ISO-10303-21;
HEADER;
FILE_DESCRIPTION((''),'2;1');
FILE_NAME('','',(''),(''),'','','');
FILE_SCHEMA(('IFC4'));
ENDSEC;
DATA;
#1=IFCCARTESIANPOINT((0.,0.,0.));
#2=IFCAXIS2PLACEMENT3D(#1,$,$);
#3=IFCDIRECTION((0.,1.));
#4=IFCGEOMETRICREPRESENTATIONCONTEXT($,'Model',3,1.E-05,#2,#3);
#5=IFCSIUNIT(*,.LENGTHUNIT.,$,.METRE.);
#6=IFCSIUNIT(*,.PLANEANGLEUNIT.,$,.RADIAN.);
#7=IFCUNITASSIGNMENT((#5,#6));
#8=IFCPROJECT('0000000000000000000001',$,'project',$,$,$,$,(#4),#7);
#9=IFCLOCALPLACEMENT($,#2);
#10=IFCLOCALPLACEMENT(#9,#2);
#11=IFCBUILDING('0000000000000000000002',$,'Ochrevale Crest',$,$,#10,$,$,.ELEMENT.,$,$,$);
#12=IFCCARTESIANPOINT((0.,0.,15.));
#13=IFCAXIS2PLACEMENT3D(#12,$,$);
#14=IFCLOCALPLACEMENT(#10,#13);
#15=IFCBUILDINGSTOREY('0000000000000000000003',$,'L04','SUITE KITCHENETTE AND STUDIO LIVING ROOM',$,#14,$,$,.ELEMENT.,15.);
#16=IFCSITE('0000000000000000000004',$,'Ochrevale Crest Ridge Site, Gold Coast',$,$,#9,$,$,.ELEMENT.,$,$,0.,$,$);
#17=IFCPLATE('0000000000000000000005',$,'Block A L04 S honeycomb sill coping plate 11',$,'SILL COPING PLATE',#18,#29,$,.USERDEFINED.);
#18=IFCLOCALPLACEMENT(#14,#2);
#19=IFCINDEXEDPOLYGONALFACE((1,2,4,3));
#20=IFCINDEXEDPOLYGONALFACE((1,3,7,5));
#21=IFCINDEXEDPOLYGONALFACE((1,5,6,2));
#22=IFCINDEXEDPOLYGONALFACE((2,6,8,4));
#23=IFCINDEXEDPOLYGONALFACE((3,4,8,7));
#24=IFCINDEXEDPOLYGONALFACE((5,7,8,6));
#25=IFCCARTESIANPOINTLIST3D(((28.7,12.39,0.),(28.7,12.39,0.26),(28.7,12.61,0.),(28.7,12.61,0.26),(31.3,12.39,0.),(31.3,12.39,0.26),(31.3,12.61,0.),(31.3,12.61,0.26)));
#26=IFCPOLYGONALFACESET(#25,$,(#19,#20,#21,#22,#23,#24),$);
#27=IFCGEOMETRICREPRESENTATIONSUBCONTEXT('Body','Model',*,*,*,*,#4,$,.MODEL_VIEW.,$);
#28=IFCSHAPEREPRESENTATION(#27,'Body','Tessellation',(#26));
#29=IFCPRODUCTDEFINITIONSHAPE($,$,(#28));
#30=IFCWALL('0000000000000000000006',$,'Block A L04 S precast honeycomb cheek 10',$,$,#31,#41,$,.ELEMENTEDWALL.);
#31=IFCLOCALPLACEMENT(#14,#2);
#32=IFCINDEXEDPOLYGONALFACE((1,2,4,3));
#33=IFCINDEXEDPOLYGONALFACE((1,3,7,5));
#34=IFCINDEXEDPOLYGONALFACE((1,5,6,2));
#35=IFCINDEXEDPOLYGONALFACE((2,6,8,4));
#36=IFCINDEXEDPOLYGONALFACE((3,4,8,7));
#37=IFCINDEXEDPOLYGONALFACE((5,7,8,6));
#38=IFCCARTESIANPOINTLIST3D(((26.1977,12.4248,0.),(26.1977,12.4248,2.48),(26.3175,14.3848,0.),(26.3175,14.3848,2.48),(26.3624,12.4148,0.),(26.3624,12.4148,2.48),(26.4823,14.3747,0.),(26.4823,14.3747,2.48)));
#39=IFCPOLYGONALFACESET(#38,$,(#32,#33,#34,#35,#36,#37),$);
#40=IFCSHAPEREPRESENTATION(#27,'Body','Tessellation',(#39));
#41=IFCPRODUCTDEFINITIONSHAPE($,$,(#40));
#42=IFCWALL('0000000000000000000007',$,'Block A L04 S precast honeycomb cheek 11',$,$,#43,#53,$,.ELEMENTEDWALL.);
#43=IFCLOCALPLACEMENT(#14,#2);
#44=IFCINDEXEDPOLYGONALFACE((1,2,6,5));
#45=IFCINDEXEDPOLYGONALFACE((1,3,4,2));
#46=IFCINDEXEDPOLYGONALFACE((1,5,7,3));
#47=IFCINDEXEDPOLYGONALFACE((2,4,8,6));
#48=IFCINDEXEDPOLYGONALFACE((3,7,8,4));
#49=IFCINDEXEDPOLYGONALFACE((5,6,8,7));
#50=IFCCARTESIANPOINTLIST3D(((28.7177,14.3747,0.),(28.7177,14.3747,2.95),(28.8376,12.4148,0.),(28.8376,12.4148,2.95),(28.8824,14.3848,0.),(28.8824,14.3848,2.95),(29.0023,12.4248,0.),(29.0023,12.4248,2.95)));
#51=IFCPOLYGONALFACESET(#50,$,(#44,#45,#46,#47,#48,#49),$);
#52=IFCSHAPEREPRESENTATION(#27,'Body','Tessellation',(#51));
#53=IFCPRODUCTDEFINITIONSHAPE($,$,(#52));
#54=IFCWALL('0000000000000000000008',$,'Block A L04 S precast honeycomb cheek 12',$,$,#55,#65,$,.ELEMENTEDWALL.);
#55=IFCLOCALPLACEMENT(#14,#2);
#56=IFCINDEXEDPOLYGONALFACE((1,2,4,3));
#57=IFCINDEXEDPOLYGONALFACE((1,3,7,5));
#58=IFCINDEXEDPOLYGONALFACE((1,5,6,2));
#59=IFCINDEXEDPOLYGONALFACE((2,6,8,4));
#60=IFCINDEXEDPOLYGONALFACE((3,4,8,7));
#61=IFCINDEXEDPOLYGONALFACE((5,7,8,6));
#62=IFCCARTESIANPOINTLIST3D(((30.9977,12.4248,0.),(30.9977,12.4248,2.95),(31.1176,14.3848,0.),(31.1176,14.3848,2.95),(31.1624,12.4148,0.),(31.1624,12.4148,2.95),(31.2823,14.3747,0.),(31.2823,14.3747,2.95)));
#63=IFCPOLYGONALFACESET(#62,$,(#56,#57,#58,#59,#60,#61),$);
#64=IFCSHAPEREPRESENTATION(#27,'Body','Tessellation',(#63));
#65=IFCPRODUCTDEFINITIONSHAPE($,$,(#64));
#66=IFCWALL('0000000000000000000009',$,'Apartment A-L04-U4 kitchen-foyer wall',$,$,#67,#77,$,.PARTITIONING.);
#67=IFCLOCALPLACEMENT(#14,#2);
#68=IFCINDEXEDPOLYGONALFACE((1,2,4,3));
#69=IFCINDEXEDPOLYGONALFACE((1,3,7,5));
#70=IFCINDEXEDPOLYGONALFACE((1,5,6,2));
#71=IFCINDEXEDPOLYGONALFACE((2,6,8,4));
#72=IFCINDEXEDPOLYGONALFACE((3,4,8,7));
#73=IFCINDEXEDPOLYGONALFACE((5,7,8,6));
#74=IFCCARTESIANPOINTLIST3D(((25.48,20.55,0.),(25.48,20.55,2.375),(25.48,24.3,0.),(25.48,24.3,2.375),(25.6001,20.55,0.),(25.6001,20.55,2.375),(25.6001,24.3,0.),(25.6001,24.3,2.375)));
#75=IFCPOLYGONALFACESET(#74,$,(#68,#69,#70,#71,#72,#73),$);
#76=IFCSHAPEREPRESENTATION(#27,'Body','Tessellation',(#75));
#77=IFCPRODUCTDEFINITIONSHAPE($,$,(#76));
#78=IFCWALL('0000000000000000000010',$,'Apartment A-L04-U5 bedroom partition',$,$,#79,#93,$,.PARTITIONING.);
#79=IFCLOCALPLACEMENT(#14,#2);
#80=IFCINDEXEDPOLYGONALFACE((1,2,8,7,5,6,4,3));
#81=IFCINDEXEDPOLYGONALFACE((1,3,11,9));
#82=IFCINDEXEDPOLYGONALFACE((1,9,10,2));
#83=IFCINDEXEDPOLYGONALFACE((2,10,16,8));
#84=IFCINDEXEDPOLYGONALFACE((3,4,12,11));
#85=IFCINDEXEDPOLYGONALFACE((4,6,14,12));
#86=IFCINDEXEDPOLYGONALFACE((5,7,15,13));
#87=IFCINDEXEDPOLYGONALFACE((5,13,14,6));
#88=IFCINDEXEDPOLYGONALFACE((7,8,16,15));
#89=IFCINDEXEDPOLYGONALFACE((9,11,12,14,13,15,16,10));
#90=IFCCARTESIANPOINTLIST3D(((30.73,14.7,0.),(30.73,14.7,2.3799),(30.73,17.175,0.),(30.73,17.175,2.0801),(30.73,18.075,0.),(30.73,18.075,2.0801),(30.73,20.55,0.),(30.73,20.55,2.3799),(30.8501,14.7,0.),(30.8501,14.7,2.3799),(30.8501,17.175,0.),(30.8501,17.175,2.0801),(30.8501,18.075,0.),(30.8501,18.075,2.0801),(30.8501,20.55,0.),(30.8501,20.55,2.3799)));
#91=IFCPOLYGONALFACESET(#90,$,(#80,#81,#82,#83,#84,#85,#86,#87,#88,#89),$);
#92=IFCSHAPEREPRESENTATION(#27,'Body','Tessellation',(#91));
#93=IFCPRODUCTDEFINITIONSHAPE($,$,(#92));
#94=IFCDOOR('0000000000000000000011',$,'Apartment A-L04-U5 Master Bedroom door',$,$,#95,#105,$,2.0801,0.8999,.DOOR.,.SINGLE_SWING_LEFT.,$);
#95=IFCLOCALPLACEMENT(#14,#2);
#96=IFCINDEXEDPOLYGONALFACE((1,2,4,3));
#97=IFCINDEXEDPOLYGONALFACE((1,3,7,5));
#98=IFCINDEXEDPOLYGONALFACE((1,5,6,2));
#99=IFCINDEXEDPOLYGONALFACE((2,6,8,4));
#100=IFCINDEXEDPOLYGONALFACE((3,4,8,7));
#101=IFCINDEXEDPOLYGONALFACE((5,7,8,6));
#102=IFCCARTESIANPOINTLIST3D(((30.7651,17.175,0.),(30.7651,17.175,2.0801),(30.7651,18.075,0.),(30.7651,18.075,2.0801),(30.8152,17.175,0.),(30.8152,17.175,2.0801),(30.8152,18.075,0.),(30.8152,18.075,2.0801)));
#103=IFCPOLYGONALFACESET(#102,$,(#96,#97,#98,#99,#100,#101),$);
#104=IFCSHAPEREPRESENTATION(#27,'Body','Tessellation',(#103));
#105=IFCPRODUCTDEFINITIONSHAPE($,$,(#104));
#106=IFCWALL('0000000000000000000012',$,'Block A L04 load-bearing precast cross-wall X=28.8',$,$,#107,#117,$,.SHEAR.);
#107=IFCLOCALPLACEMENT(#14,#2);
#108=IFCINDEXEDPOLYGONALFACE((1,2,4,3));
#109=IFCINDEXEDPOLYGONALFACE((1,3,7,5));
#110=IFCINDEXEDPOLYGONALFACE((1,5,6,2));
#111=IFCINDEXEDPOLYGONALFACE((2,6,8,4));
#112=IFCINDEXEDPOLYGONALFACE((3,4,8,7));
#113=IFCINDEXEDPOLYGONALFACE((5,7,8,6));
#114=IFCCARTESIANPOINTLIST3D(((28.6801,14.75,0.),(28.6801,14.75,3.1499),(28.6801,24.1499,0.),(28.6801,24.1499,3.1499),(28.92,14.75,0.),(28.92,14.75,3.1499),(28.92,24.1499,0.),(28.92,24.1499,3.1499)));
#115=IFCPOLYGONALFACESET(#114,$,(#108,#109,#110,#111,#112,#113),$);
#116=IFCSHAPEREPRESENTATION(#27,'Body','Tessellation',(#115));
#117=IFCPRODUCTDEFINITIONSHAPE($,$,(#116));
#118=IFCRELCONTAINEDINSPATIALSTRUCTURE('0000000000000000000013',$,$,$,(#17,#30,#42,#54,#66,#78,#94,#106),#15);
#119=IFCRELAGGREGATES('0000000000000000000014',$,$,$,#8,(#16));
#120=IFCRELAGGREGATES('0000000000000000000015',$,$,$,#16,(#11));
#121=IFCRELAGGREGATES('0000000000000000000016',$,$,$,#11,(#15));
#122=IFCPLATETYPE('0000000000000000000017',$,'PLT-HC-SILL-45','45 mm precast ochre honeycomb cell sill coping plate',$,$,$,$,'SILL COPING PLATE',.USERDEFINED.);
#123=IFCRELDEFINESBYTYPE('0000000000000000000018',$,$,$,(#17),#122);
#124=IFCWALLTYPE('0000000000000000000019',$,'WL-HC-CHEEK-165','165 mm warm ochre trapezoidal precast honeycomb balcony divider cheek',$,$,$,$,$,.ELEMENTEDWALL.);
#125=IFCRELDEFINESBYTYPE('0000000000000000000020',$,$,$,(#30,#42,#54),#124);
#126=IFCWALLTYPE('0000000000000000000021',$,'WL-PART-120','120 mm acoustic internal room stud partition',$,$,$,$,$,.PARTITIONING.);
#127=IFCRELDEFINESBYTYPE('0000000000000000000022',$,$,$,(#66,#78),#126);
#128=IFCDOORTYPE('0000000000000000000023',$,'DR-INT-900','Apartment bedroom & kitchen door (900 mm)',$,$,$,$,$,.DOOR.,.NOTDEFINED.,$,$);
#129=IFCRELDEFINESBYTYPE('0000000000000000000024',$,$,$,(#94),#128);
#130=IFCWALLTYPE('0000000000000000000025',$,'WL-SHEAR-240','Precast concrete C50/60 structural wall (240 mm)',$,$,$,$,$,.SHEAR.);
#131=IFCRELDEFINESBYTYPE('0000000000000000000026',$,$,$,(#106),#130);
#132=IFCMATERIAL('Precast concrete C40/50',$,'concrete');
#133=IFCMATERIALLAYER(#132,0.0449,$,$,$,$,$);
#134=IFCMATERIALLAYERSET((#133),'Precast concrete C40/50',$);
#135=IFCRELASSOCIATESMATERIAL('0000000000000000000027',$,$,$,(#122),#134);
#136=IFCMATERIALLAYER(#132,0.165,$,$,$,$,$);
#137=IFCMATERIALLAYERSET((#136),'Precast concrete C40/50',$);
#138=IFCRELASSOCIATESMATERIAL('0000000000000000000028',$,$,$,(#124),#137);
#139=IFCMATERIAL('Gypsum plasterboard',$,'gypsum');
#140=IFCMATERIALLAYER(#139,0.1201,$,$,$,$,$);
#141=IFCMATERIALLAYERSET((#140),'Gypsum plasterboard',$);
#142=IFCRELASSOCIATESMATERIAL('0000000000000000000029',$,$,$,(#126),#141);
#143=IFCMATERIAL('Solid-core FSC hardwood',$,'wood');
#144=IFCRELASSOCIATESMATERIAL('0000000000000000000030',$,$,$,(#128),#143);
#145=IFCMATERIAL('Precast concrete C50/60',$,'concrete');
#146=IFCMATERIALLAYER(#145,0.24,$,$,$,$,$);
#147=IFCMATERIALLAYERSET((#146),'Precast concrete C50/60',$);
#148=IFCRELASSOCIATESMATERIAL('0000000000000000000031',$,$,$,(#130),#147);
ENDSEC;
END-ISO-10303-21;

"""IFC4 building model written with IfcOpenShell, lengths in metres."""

from ifc_helpers import new_model, si_unit, direction, frame, frame_2d, origin, origin_2d, place, context, subcontext, project, spatial, rectangle, extrude, material, layer, layer_set, type_object, element, fill, save


model = new_model("IFC4")

# Units and contexts
model_context = context("Model", 3, precision=1e-05, world=origin(), true_north=direction((0.0, 1.0)))
body_context = subcontext(model_context, "Body", "Model", "MODEL_VIEW")
ifc_project = project(units=[si_unit("LENGTHUNIT", "METRE"), si_unit("PLANEANGLEUNIT", "RADIAN")], contexts=[model_context])

# Site, building, storey
site_placement = place(None, origin())
site = spatial("IfcSite", under=ifc_project, at=site_placement, Name="Ochrevale Crest Ridge Site, Gold Coast", CompositionType="ELEMENT", RefElevation=0.0)
building_placement = place(site_placement, origin())
building = spatial("IfcBuilding", under=site, at=building_placement, Name="Ochrevale Crest", CompositionType="ELEMENT")
storey_placement = place(building_placement, frame((0.0, 0.0, 15.0)))
storey = spatial("IfcBuildingStorey", under=building, at=storey_placement, Name="L04", Description="SUITE KITCHENETTE AND STUDIO LIVING ROOM", CompositionType="ELEMENT", Elevation=15.0)

# Shared definitions
ifc_material_1 = material(Name="Precast concrete C50/60", Category="concrete")

# Plate
ifc_material_2 = material(Name="Precast concrete C40/50", Category="concrete")
ifc_layer_1 = layer(ifc_material_2, 0.0449)
ifc_layer_set_1 = layer_set([ifc_layer_1], Name="Precast concrete C40/50")
plate_type_1 = type_object("IfcPlateType", Name="PLT-HC-SILL-45", Description="45 mm precast ochre honeycomb cell sill coping plate", ElementType="SILL COPING PLATE", PredefinedType="USERDEFINED", material=ifc_layer_set_1)
for number, where, z_axis, x_axis, name in (
    (1, (30.0, 12.5, 0.0), (0.0, 0.0, 1.0), (1.0, 0.0, 0.0), "Block A L04 S honeycomb sill coping plate 11"),
):
    element("IfcPlate", number, at=place(storey_placement, frame(where, z_axis=z_axis, x_axis=x_axis)), inside=storey, type_object=plate_type_1, Name=name, ObjectType="SILL COPING PLATE", PredefinedType="USERDEFINED", context=body_context, shape_type="SweptSolid", body=[
        extrude(rectangle(XDim=2.6001, YDim=0.22, at=origin_2d()), origin(), (0.0, 0.0, 1.0), 0.26),
    ])

# Walls
ifc_layer_2 = layer(ifc_material_2, 0.165)
ifc_layer_set_2 = layer_set([ifc_layer_2], Name="Precast concrete C40/50")
wall_type_1 = type_object("IfcWallType", Name="WL-HC-CHEEK-165", Description="165 mm warm ochre trapezoidal precast honeycomb balcony divider cheek", PredefinedType="ELEMENTEDWALL", material=ifc_layer_set_2)
wall_1_placement = place(storey_placement, frame((26.3999, 14.3799, 0.0), z_axis=(0.0, 0.0, 1.0), x_axis=(-0.061047, -0.998135, 0.0)))
element("IfcWall", 2, at=wall_1_placement, inside=storey, type_object=wall_type_1, Name="Block A L04 S precast honeycomb cheek 10", PredefinedType="ELEMENTEDWALL", context=body_context, shape_type="SweptSolid", body=[
    extrude(rectangle(XDim=1.9636, YDim=0.165, at=frame_2d((0.9819, 0.0))), origin(), (0.0, 0.0, 1.0), 2.48),
])
for number, where, z_axis, x_axis, name in (
    (3, (28.8, 14.3799, 0.0), (0.0, 0.0, 1.0), (0.061047, -0.998135, 0.0), "Block A L04 S precast honeycomb cheek 11"),
    (4, (31.2, 14.3799, 0.0), (0.0, 0.0, 1.0), (-0.061047, -0.998135, 0.0), "Block A L04 S precast honeycomb cheek 12"),
):
    element("IfcWall", number, at=place(storey_placement, frame(where, z_axis=z_axis, x_axis=x_axis)), inside=storey, type_object=wall_type_1, Name=name, PredefinedType="ELEMENTEDWALL", context=body_context, shape_type="SweptSolid", body=[
        extrude(rectangle(XDim=1.9636, YDim=0.165, at=frame_2d((0.9819, 0.0))), origin(), (0.0, 0.0, 1.0), 2.95),
    ])
ifc_material_3 = material(Name="Gypsum plasterboard", Category="gypsum")
ifc_layer_3 = layer(ifc_material_3, 0.1201)
ifc_layer_set_3 = layer_set([ifc_layer_3], Name="Gypsum plasterboard")
wall_type_2 = type_object("IfcWallType", Name="WL-PART-120", Description="120 mm acoustic internal room stud partition", PredefinedType="PARTITIONING", material=ifc_layer_set_3)
wall_2_placement = place(storey_placement, frame((25.54, 20.55, 0.0), z_axis=(0.0, 0.0, 1.0), x_axis=(0.0, 1.0, 0.0)))
element("IfcWall", 5, at=wall_2_placement, inside=storey, type_object=wall_type_2, Name="Apartment A-L04-U4 kitchen-foyer wall", PredefinedType="PARTITIONING", context=body_context, shape_type="SweptSolid", body=[
    extrude(rectangle(XDim=3.75, YDim=0.1201, at=frame_2d((1.875, 0.0))), origin(), (0.0, 0.0, 1.0), 2.375),
])

# Wall, opening, door
wall_3_placement = place(storey_placement, frame((30.79, 14.7, 0.0), z_axis=(0.0, 0.0, 1.0), x_axis=(0.0, 1.0, 0.0)))
wall_3 = element("IfcWall", 6, at=wall_3_placement, inside=storey, type_object=wall_type_2, Name="Apartment A-L04-U5 bedroom partition", PredefinedType="PARTITIONING", context=body_context, shape_type="SweptSolid", body=[
    extrude(rectangle(XDim=5.8501, YDim=0.1201, at=frame_2d((2.925, 0.0))), origin(), (0.0, 0.0, 1.0), 2.3799),
])
opening_placement = place(wall_3_placement, frame((2.4751, 0.0, 0.0)))
opening = element("IfcOpeningElement", 7, at=opening_placement, cuts=wall_3, PredefinedType="OPENING", context=body_context, shape_type="SweptSolid", body=[
    extrude(rectangle(XDim=0.8999, YDim=2.0801, at=frame_2d((0.45, 1.04))), frame((0.0, 0.0701, 0.0), z_axis=(0.0, -1.0, 0.0), x_axis=(1.0, 0.0, 0.0)), (0.0, 0.0, 1.0), 0.1401),
])
ifc_material_4 = material(Name="Solid-core FSC hardwood", Category="wood")
door_type = type_object("IfcDoorType", Name="DR-INT-900", Description="Apartment bedroom & kitchen door (900 mm)", OperationType="NOTDEFINED", PredefinedType="DOOR", material=ifc_material_4)
door_placement = place(opening_placement, origin())
door = element("IfcDoor", 8, at=door_placement, inside=storey, type_object=door_type, Name="Apartment A-L04-U5 Master Bedroom door", OperationType="SINGLE_SWING_LEFT", OverallHeight=2.0801, OverallWidth=0.8999, PredefinedType="DOOR", context=body_context, shape_type="SweptSolid", body=[
    extrude(rectangle(XDim=0.8999, YDim=2.0801, at=frame_2d((0.45, 1.04))), frame((0.0, 0.0249, 0.0), z_axis=(0.0, -1.0, 0.0), x_axis=(1.0, 0.0, 0.0)), (0.0, 0.0, 1.0), 0.05),
])
fill(opening, door)

# Wall
ifc_layer_4 = layer(ifc_material_1, 0.24)
ifc_layer_set_4 = layer_set([ifc_layer_4], Name="Precast concrete C50/60")
wall_type_3 = type_object("IfcWallType", Name="WL-SHEAR-240", Description="Precast concrete C50/60 structural wall (240 mm)", PredefinedType="SHEAR", material=ifc_layer_set_4)
wall_4_placement = place(storey_placement, frame((28.8, 14.75, 0.0), z_axis=(0.0, 0.0, 1.0), x_axis=(0.0, 1.0, 0.0)))
element("IfcWall", 9, at=wall_4_placement, inside=storey, type_object=wall_type_3, Name="Block A L04 load-bearing precast cross-wall X=28.8", PredefinedType="SHEAR", context=body_context, shape_type="SweptSolid", body=[
    extrude(rectangle(XDim=9.3999, YDim=0.24, at=frame_2d((4.7, 0.0))), origin(), (0.0, 0.0, 1.0), 3.1499),
])

save(model, "model.ifc")
